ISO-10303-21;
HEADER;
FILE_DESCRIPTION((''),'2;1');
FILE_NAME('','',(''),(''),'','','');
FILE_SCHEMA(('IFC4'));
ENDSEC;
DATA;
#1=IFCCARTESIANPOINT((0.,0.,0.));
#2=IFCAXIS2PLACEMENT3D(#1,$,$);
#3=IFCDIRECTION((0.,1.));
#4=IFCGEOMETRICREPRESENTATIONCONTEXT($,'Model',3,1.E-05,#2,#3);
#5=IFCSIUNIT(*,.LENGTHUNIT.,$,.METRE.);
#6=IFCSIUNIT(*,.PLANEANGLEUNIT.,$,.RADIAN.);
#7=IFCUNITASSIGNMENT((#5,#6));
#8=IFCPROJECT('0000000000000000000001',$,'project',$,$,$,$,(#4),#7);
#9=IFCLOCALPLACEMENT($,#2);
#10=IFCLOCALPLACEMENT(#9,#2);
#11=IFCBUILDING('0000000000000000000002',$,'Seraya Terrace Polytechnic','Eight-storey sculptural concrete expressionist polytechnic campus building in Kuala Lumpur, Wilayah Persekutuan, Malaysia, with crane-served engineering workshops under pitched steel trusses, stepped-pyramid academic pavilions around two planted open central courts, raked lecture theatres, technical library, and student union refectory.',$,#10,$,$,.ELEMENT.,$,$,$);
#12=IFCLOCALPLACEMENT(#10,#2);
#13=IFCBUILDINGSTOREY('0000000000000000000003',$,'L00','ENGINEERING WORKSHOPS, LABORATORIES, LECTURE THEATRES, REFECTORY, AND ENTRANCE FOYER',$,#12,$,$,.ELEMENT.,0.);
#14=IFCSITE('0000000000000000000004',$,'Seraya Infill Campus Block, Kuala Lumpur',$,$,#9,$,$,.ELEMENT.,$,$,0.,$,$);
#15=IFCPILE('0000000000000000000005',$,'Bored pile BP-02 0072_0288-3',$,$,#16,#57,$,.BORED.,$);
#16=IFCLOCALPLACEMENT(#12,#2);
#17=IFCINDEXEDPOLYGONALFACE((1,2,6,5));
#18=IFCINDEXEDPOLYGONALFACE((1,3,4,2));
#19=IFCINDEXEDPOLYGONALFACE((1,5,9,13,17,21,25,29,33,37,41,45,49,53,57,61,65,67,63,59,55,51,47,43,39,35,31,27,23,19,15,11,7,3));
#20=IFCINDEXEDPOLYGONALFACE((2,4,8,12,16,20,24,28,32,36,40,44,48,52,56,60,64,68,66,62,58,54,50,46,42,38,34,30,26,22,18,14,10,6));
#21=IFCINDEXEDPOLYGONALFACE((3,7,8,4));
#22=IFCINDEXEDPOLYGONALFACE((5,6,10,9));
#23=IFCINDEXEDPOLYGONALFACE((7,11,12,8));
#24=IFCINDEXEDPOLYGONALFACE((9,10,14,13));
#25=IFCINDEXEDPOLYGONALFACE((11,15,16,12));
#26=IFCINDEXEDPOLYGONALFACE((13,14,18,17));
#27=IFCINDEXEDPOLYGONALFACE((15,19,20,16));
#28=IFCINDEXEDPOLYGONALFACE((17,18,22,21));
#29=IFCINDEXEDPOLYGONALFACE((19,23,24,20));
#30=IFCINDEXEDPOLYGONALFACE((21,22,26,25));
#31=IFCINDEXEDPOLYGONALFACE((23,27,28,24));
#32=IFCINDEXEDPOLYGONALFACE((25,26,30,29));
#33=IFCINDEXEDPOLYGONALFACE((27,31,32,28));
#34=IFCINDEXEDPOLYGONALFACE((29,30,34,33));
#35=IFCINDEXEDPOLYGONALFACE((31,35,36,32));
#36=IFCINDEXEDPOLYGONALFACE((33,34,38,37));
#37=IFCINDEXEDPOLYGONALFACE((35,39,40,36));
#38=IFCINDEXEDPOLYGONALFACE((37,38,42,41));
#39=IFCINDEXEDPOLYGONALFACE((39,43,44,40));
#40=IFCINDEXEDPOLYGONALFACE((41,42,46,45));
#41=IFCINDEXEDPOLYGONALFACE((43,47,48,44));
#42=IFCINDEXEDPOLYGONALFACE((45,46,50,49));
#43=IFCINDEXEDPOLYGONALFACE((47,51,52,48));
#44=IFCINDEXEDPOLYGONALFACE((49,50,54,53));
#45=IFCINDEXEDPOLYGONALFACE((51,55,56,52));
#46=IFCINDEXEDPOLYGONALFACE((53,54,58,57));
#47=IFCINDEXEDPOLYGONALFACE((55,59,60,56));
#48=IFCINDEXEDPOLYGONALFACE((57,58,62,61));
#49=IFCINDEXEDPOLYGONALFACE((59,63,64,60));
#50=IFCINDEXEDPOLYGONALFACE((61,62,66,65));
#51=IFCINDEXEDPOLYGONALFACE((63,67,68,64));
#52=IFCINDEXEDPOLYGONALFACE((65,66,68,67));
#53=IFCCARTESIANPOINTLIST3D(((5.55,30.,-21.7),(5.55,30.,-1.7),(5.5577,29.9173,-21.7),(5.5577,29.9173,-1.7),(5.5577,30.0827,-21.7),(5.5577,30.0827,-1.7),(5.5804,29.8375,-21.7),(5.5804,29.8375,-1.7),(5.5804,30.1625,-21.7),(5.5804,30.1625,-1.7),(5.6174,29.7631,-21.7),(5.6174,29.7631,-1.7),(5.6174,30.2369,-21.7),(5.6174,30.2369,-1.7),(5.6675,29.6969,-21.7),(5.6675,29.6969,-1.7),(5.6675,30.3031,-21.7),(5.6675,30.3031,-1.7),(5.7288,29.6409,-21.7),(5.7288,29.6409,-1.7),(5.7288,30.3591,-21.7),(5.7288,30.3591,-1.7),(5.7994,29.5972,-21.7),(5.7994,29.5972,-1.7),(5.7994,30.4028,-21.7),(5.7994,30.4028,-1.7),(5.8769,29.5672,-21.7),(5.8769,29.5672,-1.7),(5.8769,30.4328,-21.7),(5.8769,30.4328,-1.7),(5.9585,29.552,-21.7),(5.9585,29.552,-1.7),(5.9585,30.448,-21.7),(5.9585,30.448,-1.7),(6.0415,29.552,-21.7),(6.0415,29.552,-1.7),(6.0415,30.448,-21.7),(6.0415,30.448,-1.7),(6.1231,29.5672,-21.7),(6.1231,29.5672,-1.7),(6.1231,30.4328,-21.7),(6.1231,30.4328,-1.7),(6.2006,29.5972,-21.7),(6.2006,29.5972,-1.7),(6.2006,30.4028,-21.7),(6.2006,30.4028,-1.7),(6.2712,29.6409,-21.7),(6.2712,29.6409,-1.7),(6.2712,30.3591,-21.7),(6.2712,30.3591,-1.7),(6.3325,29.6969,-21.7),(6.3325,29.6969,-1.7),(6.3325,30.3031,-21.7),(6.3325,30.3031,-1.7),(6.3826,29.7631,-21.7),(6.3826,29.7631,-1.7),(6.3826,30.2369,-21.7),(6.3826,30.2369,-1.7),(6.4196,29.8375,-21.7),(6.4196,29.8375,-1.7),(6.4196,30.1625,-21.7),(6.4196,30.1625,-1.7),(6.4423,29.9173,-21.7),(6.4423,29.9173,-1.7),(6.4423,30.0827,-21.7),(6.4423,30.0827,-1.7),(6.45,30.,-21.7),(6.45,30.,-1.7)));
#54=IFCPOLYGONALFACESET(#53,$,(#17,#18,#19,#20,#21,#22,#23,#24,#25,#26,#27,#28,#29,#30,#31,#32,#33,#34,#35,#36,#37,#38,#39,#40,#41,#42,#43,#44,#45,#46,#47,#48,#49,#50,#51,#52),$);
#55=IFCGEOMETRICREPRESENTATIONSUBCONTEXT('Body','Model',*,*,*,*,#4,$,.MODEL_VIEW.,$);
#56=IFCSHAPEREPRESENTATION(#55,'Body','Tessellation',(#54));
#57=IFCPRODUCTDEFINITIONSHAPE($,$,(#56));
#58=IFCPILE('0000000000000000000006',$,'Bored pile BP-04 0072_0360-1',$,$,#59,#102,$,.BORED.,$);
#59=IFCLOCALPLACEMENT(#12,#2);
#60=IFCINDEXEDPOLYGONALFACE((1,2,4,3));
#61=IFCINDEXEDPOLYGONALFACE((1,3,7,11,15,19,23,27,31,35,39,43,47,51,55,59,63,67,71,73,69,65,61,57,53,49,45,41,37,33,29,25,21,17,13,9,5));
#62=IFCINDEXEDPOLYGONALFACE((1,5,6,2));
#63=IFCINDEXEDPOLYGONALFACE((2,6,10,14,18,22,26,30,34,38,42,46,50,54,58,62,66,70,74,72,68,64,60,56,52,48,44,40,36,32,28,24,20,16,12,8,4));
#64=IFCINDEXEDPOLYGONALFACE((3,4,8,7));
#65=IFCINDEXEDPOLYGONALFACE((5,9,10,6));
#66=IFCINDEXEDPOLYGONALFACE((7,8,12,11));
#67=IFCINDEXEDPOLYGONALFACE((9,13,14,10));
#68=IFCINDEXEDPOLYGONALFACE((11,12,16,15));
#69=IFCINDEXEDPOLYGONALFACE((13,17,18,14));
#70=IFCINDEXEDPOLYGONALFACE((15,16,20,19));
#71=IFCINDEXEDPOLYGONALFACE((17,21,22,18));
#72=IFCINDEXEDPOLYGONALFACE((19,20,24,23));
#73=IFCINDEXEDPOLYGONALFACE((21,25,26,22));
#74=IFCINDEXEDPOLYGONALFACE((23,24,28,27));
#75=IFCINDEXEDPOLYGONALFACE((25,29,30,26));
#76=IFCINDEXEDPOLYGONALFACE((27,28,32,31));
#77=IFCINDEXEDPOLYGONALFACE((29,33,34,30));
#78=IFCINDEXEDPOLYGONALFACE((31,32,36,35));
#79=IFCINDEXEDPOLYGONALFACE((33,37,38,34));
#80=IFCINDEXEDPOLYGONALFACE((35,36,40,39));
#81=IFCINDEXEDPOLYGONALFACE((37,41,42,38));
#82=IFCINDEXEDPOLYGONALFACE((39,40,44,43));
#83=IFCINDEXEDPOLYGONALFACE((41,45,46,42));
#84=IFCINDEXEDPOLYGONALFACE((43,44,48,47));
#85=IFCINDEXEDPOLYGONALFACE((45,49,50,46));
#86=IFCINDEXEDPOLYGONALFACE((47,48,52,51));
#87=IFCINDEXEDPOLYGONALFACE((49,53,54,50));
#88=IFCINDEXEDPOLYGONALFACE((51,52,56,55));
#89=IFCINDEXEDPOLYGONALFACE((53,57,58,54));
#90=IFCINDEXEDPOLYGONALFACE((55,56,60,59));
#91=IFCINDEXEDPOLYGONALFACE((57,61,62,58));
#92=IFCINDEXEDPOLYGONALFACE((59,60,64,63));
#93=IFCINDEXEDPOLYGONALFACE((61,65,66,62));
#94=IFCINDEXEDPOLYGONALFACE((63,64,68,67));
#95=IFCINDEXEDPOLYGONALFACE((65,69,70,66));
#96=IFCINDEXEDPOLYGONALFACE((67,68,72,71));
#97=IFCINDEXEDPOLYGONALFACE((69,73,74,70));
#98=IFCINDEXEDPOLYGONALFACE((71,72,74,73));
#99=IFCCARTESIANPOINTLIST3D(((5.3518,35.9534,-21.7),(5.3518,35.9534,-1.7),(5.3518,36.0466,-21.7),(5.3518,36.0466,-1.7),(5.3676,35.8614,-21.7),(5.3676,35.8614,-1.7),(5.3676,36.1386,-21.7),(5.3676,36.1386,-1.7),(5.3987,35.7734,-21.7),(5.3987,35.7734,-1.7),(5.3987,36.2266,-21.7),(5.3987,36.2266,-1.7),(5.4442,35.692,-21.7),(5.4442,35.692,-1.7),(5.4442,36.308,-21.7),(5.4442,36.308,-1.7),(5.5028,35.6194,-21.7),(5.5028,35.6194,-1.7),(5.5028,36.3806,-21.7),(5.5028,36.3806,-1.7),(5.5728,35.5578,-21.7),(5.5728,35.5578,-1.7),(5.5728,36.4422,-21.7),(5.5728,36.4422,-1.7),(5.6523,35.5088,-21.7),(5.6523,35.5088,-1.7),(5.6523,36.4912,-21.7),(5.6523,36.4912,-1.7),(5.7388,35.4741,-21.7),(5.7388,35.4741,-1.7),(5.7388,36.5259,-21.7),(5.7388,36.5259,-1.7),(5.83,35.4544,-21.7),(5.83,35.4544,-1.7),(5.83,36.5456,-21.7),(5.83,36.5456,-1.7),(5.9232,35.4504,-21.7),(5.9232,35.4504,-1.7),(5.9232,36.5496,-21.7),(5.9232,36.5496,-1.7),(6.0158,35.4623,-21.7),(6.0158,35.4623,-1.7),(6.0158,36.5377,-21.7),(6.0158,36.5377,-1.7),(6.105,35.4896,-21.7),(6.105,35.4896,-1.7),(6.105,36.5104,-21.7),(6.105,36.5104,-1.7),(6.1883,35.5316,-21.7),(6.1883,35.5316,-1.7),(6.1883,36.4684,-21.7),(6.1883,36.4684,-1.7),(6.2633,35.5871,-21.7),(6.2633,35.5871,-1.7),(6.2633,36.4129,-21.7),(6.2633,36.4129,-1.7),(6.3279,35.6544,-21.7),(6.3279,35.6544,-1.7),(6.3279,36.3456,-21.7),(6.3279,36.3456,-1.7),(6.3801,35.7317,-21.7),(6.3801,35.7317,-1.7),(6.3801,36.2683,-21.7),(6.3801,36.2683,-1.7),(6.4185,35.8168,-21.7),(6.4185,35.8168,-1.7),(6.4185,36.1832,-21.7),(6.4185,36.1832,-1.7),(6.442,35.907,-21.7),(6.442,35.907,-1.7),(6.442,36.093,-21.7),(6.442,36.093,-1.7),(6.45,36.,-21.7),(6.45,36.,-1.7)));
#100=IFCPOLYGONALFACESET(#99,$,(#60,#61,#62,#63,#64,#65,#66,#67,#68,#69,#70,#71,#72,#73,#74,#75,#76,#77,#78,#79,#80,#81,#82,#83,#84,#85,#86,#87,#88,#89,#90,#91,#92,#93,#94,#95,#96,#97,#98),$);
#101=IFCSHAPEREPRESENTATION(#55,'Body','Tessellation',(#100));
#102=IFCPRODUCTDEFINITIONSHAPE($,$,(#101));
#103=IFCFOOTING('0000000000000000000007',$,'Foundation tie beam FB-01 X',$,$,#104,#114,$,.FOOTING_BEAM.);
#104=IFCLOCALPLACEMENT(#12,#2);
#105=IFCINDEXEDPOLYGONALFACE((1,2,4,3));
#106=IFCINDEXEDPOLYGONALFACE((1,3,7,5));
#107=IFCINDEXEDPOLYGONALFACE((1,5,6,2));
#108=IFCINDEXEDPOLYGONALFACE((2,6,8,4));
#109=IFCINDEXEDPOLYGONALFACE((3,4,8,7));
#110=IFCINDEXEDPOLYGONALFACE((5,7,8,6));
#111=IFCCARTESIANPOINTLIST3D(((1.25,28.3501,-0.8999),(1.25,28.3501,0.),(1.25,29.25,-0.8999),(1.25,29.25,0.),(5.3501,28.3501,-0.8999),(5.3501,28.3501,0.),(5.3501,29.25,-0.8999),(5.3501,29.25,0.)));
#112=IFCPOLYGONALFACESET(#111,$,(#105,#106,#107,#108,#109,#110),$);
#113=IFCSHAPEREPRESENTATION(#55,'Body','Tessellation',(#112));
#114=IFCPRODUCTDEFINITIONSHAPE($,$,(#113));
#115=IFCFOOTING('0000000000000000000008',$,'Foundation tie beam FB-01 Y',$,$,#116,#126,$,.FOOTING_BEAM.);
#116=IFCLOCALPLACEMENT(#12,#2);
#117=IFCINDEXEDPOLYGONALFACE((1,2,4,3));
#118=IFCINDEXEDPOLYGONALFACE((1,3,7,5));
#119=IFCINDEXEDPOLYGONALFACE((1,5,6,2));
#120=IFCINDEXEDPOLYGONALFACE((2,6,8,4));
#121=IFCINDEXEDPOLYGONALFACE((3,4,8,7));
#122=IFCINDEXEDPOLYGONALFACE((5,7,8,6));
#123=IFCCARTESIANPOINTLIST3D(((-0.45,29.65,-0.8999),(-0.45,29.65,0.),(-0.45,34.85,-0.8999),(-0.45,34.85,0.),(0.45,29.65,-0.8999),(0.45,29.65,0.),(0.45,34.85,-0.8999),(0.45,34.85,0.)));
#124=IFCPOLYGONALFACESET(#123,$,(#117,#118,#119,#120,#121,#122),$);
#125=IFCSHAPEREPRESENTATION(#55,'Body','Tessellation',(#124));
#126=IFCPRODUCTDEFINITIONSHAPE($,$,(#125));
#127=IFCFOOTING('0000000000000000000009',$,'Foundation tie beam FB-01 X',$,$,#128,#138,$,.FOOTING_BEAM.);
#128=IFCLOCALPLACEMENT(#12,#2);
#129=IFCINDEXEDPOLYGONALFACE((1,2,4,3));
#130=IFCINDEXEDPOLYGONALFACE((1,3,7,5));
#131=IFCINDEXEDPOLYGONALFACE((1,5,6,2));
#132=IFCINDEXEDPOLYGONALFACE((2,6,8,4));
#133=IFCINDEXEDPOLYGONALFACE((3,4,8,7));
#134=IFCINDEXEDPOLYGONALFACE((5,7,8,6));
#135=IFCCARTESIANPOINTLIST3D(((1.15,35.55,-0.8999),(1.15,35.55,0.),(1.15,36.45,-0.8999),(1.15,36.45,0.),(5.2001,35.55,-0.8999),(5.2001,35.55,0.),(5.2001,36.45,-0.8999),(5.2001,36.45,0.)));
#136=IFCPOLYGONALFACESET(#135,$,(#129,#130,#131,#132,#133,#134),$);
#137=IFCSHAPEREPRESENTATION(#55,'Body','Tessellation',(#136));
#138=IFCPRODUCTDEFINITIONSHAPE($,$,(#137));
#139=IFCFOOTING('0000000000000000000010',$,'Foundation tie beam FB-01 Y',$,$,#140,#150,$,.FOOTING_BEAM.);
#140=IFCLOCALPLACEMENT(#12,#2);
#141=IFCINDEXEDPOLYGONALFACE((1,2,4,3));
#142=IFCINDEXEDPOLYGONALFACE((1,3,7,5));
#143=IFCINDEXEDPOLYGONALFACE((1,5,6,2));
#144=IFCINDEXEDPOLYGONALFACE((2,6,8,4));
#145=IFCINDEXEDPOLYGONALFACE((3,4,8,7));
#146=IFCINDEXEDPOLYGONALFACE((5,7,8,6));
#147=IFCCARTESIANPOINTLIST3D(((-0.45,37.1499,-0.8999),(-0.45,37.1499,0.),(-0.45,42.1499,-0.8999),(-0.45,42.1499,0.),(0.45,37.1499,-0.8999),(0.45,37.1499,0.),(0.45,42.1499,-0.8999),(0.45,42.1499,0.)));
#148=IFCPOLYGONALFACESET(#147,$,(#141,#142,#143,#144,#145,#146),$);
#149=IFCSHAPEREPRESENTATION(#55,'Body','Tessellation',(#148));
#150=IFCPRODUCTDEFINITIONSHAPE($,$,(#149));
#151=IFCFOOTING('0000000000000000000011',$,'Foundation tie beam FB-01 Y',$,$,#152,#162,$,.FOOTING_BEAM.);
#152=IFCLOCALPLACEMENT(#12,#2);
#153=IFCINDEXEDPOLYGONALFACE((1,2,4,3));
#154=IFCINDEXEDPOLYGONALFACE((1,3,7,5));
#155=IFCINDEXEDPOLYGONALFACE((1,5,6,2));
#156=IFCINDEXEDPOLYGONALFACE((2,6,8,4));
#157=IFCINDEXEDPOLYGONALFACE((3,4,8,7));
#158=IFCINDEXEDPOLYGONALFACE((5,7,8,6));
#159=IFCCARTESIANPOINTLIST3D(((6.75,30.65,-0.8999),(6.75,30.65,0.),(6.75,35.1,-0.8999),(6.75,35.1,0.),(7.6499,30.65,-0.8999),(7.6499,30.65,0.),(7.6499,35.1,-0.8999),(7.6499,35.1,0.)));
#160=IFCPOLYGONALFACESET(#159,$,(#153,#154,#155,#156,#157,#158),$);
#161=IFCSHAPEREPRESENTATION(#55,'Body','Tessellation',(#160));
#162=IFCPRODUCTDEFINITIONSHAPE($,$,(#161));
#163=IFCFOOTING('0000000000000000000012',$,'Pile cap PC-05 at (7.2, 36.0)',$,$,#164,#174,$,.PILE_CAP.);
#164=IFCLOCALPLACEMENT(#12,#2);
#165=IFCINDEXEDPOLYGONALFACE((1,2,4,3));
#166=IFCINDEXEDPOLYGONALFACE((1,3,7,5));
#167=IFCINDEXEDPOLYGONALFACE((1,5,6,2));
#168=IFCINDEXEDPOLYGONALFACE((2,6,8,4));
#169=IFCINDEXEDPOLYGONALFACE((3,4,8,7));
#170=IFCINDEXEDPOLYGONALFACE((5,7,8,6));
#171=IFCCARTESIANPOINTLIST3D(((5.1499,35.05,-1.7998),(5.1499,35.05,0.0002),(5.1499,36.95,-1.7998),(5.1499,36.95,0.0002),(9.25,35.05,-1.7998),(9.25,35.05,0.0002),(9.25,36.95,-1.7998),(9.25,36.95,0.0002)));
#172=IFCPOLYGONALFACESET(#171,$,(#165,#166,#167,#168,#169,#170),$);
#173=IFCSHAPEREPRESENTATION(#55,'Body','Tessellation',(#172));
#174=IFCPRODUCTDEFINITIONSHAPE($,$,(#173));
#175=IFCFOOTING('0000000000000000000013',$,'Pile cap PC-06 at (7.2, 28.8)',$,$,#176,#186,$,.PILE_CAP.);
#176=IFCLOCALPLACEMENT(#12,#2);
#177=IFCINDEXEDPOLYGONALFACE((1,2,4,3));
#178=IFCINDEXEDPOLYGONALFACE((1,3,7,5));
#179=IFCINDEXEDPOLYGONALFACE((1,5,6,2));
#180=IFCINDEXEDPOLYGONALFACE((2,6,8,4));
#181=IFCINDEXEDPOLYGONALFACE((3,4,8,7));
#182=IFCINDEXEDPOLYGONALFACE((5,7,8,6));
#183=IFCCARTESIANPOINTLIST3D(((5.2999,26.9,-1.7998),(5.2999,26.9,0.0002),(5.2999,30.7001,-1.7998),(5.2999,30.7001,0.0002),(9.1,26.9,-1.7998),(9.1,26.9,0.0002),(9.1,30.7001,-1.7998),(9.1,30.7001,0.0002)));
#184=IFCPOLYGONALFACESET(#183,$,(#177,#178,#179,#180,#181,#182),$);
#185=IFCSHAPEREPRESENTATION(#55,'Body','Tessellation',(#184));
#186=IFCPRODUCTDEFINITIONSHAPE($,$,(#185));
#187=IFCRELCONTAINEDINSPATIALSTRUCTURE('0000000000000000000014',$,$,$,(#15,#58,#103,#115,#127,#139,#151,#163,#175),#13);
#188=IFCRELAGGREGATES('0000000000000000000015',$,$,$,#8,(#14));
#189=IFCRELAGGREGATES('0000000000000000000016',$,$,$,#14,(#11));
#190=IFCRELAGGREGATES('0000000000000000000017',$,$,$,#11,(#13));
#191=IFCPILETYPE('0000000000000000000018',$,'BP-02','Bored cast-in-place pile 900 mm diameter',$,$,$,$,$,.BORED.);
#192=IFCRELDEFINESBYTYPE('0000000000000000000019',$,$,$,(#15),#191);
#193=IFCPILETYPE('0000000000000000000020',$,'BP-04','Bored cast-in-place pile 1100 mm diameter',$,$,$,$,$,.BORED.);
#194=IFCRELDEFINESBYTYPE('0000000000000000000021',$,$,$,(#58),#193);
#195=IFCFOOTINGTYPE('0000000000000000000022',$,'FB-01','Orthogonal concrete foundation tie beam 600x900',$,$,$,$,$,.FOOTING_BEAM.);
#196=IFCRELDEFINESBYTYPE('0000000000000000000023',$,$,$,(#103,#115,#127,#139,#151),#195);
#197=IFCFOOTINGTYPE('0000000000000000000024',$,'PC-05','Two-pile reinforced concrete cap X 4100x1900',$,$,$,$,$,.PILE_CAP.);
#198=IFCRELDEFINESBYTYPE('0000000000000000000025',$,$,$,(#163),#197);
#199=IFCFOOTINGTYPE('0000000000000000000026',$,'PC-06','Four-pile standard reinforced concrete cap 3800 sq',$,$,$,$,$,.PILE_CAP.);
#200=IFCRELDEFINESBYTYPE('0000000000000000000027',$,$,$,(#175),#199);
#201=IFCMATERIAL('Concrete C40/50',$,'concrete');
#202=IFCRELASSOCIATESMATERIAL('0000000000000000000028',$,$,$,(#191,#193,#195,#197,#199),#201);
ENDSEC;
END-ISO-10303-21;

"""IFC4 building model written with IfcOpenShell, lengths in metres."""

from ifc_helpers import new_model, si_unit, direction, frame, origin, origin_2d, place, context, subcontext, project, spatial, rectangle, circle, extrude, material, material_profile, profile_set, type_object, element, save


model = new_model("IFC4")

# Units and contexts
model_context = context("Model", 3, precision=1e-05, world=origin(), true_north=direction((0.0, 1.0)))
body_context = subcontext(model_context, "Body", "Model", "MODEL_VIEW")
ifc_project = project(units=[si_unit("LENGTHUNIT", "METRE"), si_unit("PLANEANGLEUNIT", "RADIAN")], contexts=[model_context])

# Site, building, storey
site_placement = place(None, origin())
site = spatial("IfcSite", under=ifc_project, at=site_placement, Name="Seraya Infill Campus Block, Kuala Lumpur", CompositionType="ELEMENT", RefElevation=0.0)
building_placement = place(site_placement, origin())
building = spatial("IfcBuilding", under=site, at=building_placement, Name="Seraya Terrace Polytechnic", Description="Eight-storey sculptural concrete expressionist polytechnic campus building in Kuala Lumpur, Wilayah Persekutuan, Malaysia, with crane-served engineering workshops under pitched steel trusses, stepped-pyramid academic pavilions around two planted open central courts, raked lecture theatres, technical library, and student union refectory.", CompositionType="ELEMENT")
storey_placement = place(building_placement, origin())
storey = spatial("IfcBuildingStorey", under=building, at=storey_placement, Name="L00", Description="ENGINEERING WORKSHOPS, LABORATORIES, LECTURE THEATRES, REFECTORY, AND ENTRANCE FOYER", CompositionType="ELEMENT", Elevation=0.0)

# Piles
ifc_material_1 = material(Name="Concrete C40/50", Category="concrete")
ifc_material_profile_1 = material_profile(ifc_material_1, circle(Radius=0.45, at=origin_2d()), Name="DIA 900")
ifc_profile_set_1 = profile_set([ifc_material_profile_1], Name="Concrete C40/50")
pile_type_1 = type_object("IfcPileType", Name="BP-02", Description="Bored cast-in-place pile 900 mm diameter", PredefinedType="BORED", material=ifc_profile_set_1)
pile_1_placement = place(storey_placement, frame((6.0, 30.0, -1.7), z_axis=(0.0, 0.0, -1.0), x_axis=(1.0, 0.0, 0.0)))
element("IfcPile", 1, at=pile_1_placement, inside=storey, type_object=pile_type_1, Name="Bored pile BP-02 0072_0288-3", PredefinedType="BORED", context=body_context, shape_type="SweptSolid", body=[
    extrude(circle(Radius=0.45, at=origin_2d()), origin(), (0.0, 0.0, 1.0), 20.0),
])
ifc_material_profile_2 = material_profile(ifc_material_1, circle(Radius=0.55, at=origin_2d()), Name="DIA 1100")
ifc_profile_set_2 = profile_set([ifc_material_profile_2], Name="Concrete C40/50")
pile_type_2 = type_object("IfcPileType", Name="BP-04", Description="Bored cast-in-place pile 1100 mm diameter", PredefinedType="BORED", material=ifc_profile_set_2)
pile_2_placement = place(storey_placement, frame((5.8999, 36.0, -1.7), z_axis=(0.0, 0.0, -1.0), x_axis=(1.0, 0.0, 0.0)))
element("IfcPile", 2, at=pile_2_placement, inside=storey, type_object=pile_type_2, Name="Bored pile BP-04 0072_0360-1", PredefinedType="BORED", context=body_context, shape_type="SweptSolid", body=[
    extrude(circle(Radius=0.55, at=origin_2d()), origin(), (0.0, 0.0, 1.0), 20.0),
])

# Footings
footing_type_1 = type_object("IfcFootingType", Name="FB-01", Description="Orthogonal concrete foundation tie beam 600x900", PredefinedType="FOOTING_BEAM", material=ifc_material_1)
footing_1_placement = place(storey_placement, frame((3.3, 28.8, -0.8999), z_axis=(0.0, 0.0, 1.0), x_axis=(1.0, 0.0, 0.0)))
element("IfcFooting", 3, at=footing_1_placement, inside=storey, type_object=footing_type_1, Name="Foundation tie beam FB-01 X", PredefinedType="FOOTING_BEAM", context=body_context, shape_type="SweptSolid", body=[
    extrude(rectangle(XDim=4.1001, YDim=0.8999, at=origin_2d()), origin(), (0.0, 0.0, 1.0), 0.8999),
])
footing_2_placement = place(storey_placement, frame((0.0, 32.25, -0.8999), z_axis=(0.0, 0.0, 1.0), x_axis=(0.0, 1.0, 0.0)))
element("IfcFooting", 4, at=footing_2_placement, inside=storey, type_object=footing_type_1, Name="Foundation tie beam FB-01 Y", PredefinedType="FOOTING_BEAM", context=body_context, shape_type="SweptSolid", body=[
    extrude(rectangle(XDim=5.2, YDim=0.8999, at=origin_2d()), origin(), (0.0, 0.0, 1.0), 0.8999),
])
footing_3_placement = place(storey_placement, frame((3.175, 36.0, -0.8999), z_axis=(0.0, 0.0, 1.0), x_axis=(1.0, 0.0, 0.0)))
element("IfcFooting", 5, at=footing_3_placement, inside=storey, type_object=footing_type_1, Name="Foundation tie beam FB-01 X", PredefinedType="FOOTING_BEAM", context=body_context, shape_type="SweptSolid", body=[
    extrude(rectangle(XDim=4.05, YDim=0.8999, at=origin_2d()), origin(), (0.0, 0.0, 1.0), 0.8999),
])
footing_4_placement = place(storey_placement, frame((0.0, 39.6499, -0.8999), z_axis=(0.0, 0.0, 1.0), x_axis=(0.0, 1.0, 0.0)))
element("IfcFooting", 6, at=footing_4_placement, inside=storey, type_object=footing_type_1, Name="Foundation tie beam FB-01 Y", PredefinedType="FOOTING_BEAM", context=body_context, shape_type="SweptSolid", body=[
    extrude(rectangle(XDim=5.0, YDim=0.8999, at=origin_2d()), origin(), (0.0, 0.0, 1.0), 0.8999),
])
footing_5_placement = place(storey_placement, frame((7.2, 32.875, -0.8999), z_axis=(0.0, 0.0, 1.0), x_axis=(0.0, 1.0, 0.0)))
element("IfcFooting", 7, at=footing_5_placement, inside=storey, type_object=footing_type_1, Name="Foundation tie beam FB-01 Y", PredefinedType="FOOTING_BEAM", context=body_context, shape_type="SweptSolid", body=[
    extrude(rectangle(XDim=4.45, YDim=0.8999, at=origin_2d()), origin(), (0.0, 0.0, 1.0), 0.8999),
])
footing_type_2 = type_object("IfcFootingType", Name="PC-05", Description="Two-pile reinforced concrete cap X 4100x1900", PredefinedType="PILE_CAP", material=ifc_material_1)
footing_6_placement = place(storey_placement, frame((7.2, 36.0, -1.7998), z_axis=(0.0, 0.0, 1.0), x_axis=(1.0, 0.0, 0.0)))
element("IfcFooting", 8, at=footing_6_placement, inside=storey, type_object=footing_type_2, Name="Pile cap PC-05 at (7.2, 36.0)", PredefinedType="PILE_CAP", context=body_context, shape_type="SweptSolid", body=[
    extrude(rectangle(XDim=4.1001, YDim=1.8999, at=origin_2d()), origin(), (0.0, 0.0, 1.0), 1.8),
])
footing_type_3 = type_object("IfcFootingType", Name="PC-06", Description="Four-pile standard reinforced concrete cap 3800 sq", PredefinedType="PILE_CAP", material=ifc_material_1)
footing_7_placement = place(storey_placement, frame((7.2, 28.8, -1.7998), z_axis=(0.0, 0.0, 1.0), x_axis=(1.0, 0.0, 0.0)))
element("IfcFooting", 9, at=footing_7_placement, inside=storey, type_object=footing_type_3, Name="Pile cap PC-06 at (7.2, 28.8)", PredefinedType="PILE_CAP", context=body_context, shape_type="SweptSolid", body=[
    extrude(rectangle(XDim=3.8, YDim=3.8, at=origin_2d()), origin(), (0.0, 0.0, 1.0), 1.8),
])

save(model, "model.ifc")
